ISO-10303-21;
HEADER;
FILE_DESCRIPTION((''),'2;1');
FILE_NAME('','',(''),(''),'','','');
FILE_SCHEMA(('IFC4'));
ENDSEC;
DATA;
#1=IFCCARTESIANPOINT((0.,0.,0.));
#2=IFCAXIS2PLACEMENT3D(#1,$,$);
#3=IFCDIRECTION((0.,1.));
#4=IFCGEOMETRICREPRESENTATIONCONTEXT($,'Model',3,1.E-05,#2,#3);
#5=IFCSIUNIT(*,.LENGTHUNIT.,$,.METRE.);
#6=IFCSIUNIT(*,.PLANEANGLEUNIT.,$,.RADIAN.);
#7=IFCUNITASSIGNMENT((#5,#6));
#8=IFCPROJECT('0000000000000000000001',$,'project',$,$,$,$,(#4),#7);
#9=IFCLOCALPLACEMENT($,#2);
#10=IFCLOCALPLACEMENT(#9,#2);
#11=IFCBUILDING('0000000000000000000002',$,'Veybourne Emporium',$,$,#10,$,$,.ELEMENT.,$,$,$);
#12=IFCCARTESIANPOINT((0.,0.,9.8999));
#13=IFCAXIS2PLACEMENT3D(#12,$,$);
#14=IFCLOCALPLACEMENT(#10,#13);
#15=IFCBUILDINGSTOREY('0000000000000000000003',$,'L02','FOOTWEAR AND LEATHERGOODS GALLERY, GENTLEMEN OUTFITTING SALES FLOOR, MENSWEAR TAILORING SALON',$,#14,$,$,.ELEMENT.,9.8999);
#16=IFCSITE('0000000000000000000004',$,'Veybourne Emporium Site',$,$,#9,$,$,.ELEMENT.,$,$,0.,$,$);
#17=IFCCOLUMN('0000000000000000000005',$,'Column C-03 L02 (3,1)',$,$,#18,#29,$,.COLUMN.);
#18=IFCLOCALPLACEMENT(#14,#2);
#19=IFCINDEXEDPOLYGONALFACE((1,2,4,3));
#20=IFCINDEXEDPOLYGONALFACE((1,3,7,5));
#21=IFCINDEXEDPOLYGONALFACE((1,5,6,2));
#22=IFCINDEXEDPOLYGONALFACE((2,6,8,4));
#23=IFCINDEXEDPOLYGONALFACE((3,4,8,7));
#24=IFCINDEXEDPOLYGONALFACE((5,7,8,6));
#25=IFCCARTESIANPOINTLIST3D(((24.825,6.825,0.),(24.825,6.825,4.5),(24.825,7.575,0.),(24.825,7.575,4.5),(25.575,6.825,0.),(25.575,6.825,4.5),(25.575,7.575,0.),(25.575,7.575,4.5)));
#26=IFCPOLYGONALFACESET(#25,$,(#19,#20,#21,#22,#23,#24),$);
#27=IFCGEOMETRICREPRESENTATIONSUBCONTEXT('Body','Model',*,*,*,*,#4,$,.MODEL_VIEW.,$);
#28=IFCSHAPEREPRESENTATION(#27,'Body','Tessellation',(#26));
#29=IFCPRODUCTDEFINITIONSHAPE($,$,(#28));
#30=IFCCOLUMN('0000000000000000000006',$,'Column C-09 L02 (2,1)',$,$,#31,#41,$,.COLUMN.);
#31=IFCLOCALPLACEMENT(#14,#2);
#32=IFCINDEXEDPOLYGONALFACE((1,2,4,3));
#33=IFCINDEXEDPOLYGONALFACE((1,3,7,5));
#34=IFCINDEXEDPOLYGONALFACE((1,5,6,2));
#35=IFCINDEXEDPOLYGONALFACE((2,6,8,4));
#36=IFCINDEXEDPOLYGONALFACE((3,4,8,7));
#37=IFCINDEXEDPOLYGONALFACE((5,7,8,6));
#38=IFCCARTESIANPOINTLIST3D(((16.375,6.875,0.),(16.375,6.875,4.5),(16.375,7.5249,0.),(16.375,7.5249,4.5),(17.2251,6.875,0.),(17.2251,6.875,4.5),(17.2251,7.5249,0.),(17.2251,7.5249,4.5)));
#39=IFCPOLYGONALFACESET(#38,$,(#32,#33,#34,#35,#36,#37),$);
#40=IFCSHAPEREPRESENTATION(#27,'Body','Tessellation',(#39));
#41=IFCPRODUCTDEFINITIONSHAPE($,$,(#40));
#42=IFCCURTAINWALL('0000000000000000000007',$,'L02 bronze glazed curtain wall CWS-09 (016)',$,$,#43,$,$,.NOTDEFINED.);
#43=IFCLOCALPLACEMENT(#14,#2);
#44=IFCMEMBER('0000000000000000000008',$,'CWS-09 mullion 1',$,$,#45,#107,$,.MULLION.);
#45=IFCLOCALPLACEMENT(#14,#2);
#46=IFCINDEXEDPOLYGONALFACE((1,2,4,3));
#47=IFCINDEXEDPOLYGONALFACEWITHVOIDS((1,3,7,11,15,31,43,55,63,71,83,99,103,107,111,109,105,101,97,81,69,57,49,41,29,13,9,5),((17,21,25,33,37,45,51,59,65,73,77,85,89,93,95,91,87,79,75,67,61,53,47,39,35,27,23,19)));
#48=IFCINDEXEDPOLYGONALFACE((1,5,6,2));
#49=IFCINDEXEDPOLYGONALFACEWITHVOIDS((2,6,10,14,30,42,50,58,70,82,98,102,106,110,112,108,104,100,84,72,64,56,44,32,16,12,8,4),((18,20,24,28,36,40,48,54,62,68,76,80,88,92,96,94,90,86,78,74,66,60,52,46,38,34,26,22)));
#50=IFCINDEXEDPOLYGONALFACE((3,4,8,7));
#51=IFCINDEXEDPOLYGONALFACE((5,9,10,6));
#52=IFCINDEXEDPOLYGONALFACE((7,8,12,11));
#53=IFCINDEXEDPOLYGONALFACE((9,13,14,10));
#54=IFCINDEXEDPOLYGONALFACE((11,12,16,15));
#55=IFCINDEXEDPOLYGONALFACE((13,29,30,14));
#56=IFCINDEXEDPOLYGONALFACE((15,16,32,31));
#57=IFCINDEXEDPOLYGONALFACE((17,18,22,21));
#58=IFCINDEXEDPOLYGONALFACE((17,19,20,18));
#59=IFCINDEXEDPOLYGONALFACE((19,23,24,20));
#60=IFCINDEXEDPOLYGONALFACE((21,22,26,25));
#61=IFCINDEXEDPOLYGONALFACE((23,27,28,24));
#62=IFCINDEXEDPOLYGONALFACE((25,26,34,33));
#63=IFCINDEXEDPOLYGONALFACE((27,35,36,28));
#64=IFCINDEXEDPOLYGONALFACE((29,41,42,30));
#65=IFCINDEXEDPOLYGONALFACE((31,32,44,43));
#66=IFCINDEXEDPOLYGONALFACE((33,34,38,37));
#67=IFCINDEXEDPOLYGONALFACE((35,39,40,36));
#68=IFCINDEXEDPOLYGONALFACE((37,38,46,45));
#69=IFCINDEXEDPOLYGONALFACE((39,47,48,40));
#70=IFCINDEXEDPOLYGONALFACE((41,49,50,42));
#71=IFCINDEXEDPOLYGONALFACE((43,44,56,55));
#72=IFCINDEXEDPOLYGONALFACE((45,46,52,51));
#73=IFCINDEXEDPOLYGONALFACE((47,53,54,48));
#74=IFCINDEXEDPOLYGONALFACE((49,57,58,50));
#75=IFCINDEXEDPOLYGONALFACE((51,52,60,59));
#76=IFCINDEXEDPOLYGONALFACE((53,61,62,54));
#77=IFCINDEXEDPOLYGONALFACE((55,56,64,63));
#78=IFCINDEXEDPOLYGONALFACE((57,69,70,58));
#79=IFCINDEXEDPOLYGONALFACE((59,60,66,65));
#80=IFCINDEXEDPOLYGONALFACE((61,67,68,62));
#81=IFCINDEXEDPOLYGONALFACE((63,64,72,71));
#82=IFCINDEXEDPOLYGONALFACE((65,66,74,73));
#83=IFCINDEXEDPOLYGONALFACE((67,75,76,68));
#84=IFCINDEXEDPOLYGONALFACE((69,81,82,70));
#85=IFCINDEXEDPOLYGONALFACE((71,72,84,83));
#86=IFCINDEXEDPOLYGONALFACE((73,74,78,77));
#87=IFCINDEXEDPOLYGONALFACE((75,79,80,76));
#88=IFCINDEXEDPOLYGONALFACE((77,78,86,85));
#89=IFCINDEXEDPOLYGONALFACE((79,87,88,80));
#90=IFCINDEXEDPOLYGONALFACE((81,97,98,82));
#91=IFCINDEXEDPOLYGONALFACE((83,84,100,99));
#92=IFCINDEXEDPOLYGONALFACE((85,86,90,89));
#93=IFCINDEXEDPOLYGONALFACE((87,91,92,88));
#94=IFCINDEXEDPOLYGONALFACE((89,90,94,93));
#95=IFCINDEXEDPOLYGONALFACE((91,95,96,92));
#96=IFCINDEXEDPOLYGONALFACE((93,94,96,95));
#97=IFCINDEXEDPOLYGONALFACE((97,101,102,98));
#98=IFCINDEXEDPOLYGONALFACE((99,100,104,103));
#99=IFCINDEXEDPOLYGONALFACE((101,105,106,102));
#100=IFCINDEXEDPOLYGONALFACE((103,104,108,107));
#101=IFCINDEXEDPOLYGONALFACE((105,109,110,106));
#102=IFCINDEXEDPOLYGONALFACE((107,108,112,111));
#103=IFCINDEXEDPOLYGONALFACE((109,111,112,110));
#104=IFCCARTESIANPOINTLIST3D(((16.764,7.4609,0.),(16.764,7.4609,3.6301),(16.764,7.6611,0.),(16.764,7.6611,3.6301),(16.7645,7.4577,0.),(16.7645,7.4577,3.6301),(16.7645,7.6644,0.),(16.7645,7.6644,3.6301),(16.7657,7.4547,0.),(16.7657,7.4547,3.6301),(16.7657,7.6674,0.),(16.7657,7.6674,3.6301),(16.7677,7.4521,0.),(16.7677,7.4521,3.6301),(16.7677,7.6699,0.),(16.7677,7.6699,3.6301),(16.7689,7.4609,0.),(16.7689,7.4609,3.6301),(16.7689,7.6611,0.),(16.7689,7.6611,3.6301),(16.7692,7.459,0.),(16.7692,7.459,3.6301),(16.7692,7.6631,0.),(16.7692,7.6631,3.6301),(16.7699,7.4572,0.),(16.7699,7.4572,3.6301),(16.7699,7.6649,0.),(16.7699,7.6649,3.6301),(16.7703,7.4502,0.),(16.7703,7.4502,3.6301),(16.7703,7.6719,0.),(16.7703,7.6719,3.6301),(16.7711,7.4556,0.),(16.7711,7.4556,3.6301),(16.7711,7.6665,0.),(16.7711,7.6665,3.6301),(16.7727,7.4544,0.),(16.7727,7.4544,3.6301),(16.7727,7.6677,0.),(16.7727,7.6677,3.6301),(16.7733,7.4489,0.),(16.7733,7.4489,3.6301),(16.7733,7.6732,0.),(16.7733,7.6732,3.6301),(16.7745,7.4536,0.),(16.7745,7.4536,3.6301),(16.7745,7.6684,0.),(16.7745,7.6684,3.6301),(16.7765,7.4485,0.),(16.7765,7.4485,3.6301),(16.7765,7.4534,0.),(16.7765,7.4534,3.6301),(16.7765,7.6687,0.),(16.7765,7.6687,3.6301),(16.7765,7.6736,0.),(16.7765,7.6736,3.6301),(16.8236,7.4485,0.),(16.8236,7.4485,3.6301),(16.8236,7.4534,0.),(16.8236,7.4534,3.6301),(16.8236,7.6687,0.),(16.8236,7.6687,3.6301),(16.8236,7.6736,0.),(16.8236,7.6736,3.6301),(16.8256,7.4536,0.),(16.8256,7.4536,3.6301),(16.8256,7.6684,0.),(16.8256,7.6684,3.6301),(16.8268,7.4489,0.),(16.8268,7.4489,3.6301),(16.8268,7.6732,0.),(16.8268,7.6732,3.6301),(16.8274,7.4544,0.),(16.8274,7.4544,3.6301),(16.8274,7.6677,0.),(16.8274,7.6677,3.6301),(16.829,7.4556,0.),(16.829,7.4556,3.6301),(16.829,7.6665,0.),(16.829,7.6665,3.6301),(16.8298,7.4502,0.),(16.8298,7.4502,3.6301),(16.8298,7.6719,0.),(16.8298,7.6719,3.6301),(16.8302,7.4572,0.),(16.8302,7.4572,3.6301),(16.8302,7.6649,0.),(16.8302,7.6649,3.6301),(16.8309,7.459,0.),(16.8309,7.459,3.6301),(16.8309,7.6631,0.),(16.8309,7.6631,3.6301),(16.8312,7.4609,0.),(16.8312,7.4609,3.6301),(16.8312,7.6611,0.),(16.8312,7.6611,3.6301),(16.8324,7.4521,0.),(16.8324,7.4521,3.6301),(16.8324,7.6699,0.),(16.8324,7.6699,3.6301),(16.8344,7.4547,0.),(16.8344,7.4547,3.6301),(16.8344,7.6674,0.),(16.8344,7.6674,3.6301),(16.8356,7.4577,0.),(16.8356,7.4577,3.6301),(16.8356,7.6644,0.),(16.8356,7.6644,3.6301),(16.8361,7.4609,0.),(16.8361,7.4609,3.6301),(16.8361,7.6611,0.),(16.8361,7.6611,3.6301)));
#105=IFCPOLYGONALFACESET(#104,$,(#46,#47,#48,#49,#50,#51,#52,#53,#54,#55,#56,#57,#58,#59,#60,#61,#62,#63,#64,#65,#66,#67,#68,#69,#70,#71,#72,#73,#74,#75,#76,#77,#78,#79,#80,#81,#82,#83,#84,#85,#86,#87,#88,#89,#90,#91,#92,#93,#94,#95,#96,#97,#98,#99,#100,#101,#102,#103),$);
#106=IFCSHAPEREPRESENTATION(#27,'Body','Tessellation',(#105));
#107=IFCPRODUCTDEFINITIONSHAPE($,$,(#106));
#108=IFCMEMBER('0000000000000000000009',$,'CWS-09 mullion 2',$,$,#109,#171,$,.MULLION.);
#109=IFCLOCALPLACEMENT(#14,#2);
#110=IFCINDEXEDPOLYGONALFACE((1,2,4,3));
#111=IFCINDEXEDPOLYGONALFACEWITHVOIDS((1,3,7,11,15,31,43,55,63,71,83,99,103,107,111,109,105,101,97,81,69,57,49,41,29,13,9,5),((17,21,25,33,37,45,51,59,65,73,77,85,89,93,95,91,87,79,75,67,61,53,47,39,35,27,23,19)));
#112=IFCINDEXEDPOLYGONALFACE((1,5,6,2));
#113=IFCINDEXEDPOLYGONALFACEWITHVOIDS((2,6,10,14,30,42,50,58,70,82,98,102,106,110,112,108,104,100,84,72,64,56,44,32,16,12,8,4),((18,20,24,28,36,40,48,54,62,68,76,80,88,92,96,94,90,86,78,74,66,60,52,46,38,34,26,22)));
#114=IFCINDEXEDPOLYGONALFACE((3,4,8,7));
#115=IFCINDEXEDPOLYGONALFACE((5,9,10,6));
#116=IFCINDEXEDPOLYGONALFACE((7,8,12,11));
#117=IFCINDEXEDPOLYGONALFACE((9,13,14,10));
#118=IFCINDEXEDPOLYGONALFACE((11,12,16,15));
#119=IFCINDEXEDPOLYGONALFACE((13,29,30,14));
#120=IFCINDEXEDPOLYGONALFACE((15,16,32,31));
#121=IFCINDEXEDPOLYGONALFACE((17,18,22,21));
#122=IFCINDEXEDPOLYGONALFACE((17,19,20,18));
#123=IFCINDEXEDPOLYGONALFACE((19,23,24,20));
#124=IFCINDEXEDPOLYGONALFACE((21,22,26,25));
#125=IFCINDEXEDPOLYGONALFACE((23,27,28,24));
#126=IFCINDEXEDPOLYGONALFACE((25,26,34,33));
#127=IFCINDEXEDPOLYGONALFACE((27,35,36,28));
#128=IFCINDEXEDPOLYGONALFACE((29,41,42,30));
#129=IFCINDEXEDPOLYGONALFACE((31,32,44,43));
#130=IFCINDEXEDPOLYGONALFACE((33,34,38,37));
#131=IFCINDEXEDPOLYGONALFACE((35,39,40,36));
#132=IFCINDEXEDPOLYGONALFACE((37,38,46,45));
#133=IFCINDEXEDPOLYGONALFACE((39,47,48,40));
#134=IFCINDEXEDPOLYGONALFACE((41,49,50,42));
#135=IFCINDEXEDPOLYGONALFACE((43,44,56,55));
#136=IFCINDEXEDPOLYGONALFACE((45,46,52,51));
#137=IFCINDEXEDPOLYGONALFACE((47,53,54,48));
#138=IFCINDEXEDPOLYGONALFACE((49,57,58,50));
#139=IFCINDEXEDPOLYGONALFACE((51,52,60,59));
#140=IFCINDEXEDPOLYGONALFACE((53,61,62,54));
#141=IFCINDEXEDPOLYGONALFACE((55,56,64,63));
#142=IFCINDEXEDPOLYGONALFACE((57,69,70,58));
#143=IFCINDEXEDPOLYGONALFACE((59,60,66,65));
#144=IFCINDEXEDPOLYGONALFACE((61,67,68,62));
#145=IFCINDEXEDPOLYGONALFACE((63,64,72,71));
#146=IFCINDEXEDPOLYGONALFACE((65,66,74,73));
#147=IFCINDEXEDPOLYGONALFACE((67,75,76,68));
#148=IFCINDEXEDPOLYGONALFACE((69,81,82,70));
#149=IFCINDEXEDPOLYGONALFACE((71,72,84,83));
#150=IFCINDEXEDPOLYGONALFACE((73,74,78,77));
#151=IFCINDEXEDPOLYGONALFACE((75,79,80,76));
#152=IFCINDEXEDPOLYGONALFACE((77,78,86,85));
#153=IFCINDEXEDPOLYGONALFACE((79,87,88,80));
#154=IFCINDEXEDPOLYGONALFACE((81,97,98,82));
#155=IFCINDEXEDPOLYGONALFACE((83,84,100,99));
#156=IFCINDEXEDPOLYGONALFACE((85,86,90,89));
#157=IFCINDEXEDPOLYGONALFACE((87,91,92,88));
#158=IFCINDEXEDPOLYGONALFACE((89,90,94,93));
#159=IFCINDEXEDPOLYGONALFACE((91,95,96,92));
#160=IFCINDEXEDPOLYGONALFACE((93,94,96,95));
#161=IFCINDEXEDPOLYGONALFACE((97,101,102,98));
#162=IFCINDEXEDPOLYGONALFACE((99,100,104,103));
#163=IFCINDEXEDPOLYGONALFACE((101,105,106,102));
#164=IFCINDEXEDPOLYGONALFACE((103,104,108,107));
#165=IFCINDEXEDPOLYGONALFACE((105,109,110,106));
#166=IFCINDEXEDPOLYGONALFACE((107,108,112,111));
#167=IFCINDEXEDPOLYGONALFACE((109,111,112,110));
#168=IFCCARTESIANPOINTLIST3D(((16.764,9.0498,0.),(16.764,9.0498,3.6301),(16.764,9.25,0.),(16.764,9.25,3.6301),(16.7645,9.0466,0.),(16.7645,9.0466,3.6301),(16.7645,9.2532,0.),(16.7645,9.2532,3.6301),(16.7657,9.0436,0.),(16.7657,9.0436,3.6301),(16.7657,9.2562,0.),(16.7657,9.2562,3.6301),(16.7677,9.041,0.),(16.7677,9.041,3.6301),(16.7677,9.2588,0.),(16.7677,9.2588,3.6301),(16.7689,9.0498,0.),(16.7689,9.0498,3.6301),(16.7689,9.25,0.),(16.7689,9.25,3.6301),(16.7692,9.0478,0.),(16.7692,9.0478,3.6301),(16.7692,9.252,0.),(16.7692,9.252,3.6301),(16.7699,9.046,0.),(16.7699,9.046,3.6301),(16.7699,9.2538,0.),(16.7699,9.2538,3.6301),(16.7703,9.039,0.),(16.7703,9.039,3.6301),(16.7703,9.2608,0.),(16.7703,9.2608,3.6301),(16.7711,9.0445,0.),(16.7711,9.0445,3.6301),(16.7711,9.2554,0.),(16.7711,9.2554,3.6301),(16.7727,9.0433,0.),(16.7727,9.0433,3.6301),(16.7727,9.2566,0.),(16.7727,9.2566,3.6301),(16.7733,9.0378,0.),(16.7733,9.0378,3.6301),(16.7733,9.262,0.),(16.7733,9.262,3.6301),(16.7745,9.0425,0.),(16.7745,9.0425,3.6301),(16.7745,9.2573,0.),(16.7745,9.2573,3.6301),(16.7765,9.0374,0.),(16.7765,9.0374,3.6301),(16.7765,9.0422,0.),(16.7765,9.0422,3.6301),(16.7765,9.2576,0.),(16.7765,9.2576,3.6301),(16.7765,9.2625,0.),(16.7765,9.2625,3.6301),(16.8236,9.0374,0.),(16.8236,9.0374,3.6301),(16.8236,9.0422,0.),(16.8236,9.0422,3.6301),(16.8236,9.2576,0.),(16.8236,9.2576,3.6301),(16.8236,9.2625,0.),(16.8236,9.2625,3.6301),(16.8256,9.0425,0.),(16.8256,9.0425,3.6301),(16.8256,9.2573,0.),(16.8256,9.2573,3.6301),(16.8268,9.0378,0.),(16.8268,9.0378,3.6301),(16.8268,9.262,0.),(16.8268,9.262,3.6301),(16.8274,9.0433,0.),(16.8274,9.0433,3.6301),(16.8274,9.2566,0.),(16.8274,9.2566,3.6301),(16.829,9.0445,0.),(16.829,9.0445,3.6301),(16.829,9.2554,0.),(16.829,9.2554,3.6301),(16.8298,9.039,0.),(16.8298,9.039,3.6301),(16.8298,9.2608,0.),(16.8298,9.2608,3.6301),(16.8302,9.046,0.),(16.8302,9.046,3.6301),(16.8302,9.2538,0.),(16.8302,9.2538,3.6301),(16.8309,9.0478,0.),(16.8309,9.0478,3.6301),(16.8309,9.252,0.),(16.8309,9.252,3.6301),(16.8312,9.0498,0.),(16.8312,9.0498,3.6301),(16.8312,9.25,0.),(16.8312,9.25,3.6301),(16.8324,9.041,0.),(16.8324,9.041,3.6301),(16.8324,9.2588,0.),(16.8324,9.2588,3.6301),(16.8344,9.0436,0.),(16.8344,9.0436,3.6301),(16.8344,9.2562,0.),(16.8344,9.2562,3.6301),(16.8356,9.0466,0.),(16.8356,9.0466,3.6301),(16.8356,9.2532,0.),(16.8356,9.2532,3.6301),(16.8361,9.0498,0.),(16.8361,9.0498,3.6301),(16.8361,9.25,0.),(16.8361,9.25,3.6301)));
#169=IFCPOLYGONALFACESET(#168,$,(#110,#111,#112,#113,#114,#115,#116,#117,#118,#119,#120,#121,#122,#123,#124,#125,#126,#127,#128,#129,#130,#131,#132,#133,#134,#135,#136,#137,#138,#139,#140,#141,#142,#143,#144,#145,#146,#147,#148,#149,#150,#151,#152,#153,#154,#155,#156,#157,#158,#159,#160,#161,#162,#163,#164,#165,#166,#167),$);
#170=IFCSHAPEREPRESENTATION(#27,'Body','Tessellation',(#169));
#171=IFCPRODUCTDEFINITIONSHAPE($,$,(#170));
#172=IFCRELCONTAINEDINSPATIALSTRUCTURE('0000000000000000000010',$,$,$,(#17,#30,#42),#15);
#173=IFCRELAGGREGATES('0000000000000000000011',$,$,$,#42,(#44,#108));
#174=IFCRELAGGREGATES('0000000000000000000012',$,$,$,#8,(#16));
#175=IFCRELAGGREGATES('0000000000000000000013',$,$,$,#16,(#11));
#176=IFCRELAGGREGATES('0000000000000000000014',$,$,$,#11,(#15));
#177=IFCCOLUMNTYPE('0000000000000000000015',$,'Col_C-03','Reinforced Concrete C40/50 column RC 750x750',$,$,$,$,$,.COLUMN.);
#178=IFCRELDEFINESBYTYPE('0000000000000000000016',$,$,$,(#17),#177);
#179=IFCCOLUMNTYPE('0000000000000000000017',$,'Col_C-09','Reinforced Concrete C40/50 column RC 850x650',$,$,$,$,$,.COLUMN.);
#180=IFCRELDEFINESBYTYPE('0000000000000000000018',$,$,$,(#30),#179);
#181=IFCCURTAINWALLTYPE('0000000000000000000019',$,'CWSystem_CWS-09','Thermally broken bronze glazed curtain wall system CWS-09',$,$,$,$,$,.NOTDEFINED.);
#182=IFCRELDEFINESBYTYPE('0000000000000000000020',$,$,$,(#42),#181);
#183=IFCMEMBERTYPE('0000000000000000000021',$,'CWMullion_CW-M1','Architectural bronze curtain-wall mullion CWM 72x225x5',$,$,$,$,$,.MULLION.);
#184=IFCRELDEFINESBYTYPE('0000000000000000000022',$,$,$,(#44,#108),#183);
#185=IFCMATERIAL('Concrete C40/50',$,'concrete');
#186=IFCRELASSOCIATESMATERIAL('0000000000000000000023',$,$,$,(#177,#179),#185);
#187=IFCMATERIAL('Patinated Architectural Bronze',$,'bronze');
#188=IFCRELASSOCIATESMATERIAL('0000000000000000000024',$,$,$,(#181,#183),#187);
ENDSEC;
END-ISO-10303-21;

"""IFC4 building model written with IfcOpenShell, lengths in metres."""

from ifc_helpers import new_model, si_unit, direction, frame, origin, origin_2d, place, context, subcontext, project, spatial, rectangle, hollow_rectangle, extrude, material, material_profile, profile_set, type_object, element, aggregate, save


model = new_model("IFC4")

# Units and contexts
model_context = context("Model", 3, precision=1e-05, world=origin(), true_north=direction((0.0, 1.0)))
body_context = subcontext(model_context, "Body", "Model", "MODEL_VIEW")
ifc_project = project(units=[si_unit("LENGTHUNIT", "METRE"), si_unit("PLANEANGLEUNIT", "RADIAN")], contexts=[model_context])

# Site, building, storey
site_placement = place(None, origin())
site = spatial("IfcSite", under=ifc_project, at=site_placement, Name="Veybourne Emporium Site", CompositionType="ELEMENT", RefElevation=0.0)
building_placement = place(site_placement, origin())
building = spatial("IfcBuilding", under=site, at=building_placement, Name="Veybourne Emporium", CompositionType="ELEMENT")
storey_placement = place(building_placement, frame((0.0, 0.0, 9.8999)))
storey = spatial("IfcBuildingStorey", under=building, at=storey_placement, Name="L02", Description="FOOTWEAR AND LEATHERGOODS GALLERY, GENTLEMEN OUTFITTING SALES FLOOR, MENSWEAR TAILORING SALON", CompositionType="ELEMENT", Elevation=9.8999)

# Columns
ifc_material_1 = material(Name="Concrete C40/50", Category="concrete")
ifc_material_profile_1 = material_profile(ifc_material_1, rectangle(XDim=0.75, YDim=0.75, at=origin_2d()), Name="RC 750x750")
ifc_profile_set_1 = profile_set([ifc_material_profile_1], Name="Concrete C40/50")
column_type_1 = type_object("IfcColumnType", Name="Col_C-03", Description="Reinforced Concrete C40/50 column RC 750x750", PredefinedType="COLUMN", material=ifc_profile_set_1)
column_1_placement = place(storey_placement, frame((25.2, 7.2, 0.0), z_axis=(0.0, 0.0, 1.0), x_axis=(1.0, 0.0, 0.0)))
element("IfcColumn", 1, at=column_1_placement, inside=storey, type_object=column_type_1, Name="Column C-03 L02 (3,1)", PredefinedType="COLUMN", context=body_context, shape_type="SweptSolid", body=[
    extrude(rectangle(XDim=0.75, YDim=0.75, at=origin_2d()), origin(), (0.0, 0.0, 1.0), 4.5),
])
ifc_material_profile_2 = material_profile(ifc_material_1, rectangle(XDim=0.8501, YDim=0.6499, at=origin_2d()), Name="RC 850x650")
ifc_profile_set_2 = profile_set([ifc_material_profile_2], Name="Concrete C40/50")
column_type_2 = type_object("IfcColumnType", Name="Col_C-09", Description="Reinforced Concrete C40/50 column RC 850x650", PredefinedType="COLUMN", material=ifc_profile_set_2)
column_2_placement = place(storey_placement, frame((16.8, 7.2, 0.0), z_axis=(0.0, 0.0, 1.0), x_axis=(1.0, 0.0, 0.0)))
element("IfcColumn", 2, at=column_2_placement, inside=storey, type_object=column_type_2, Name="Column C-09 L02 (2,1)", PredefinedType="COLUMN", context=body_context, shape_type="SweptSolid", body=[
    extrude(rectangle(XDim=0.8501, YDim=0.6499, at=origin_2d()), origin(), (0.0, 0.0, 1.0), 4.5),
])

# Curtain wall, members
ifc_material_2 = material(Name="Patinated Architectural Bronze", Category="bronze")
curtain_wall_type_1 = type_object("IfcCurtainWallType", Name="CWSystem_CWS-09", Description="Thermally broken bronze glazed curtain wall system CWS-09", PredefinedType="NOTDEFINED", material=ifc_material_2)
curtain_wall_1_placement = place(storey_placement, origin())
curtain_wall_1 = element("IfcCurtainWall", 3, at=curtain_wall_1_placement, inside=storey, type_object=curtain_wall_type_1, Name="L02 bronze glazed curtain wall CWS-09 (016)", PredefinedType="NOTDEFINED")
ifc_material_profile_3 = material_profile(ifc_material_2, hollow_rectangle(XDim=0.072, YDim=0.2251, WallThickness=0.0049, InnerFilletRadius=0.0076, OuterFilletRadius=0.0125, at=origin_2d()), Name="CWM 72x225x5")
ifc_profile_set_3 = profile_set([ifc_material_profile_3], Name="Patinated Architectural Bronze")
member_type_1 = type_object("IfcMemberType", Name="CWMullion_CW-M1", Description="Architectural bronze curtain-wall mullion CWM 72x225x5", PredefinedType="MULLION", material=ifc_profile_set_3)
member_1_placement = place(storey_placement, frame((16.8, 7.561, 0.0), z_axis=(0.0, 0.0, 1.0), x_axis=(-1.0, 0.0, 0.0)))
member_1 = element("IfcMember", 4, at=member_1_placement, type_object=member_type_1, Name="CWS-09 mullion 1", PredefinedType="MULLION", context=body_context, shape_type="SweptSolid", body=[
    extrude(hollow_rectangle(XDim=0.072, YDim=0.2251, WallThickness=0.0049, InnerFilletRadius=0.0076, OuterFilletRadius=0.0125, at=origin_2d()), origin(), (0.0, 0.0, 1.0), 3.6301),
])
member_2_placement = place(storey_placement, frame((16.8, 9.1499, 0.0), z_axis=(0.0, 0.0, 1.0), x_axis=(-1.0, 0.0, 0.0)))
member_2 = element("IfcMember", 5, at=member_2_placement, type_object=member_type_1, Name="CWS-09 mullion 2", PredefinedType="MULLION", context=body_context, shape_type="SweptSolid", body=[
    extrude(hollow_rectangle(XDim=0.072, YDim=0.2251, WallThickness=0.0049, InnerFilletRadius=0.0076, OuterFilletRadius=0.0125, at=origin_2d()), origin(), (0.0, 0.0, 1.0), 3.6301),
])

aggregate(curtain_wall_1, [member_1, member_2])

save(model, "model.ifc")
